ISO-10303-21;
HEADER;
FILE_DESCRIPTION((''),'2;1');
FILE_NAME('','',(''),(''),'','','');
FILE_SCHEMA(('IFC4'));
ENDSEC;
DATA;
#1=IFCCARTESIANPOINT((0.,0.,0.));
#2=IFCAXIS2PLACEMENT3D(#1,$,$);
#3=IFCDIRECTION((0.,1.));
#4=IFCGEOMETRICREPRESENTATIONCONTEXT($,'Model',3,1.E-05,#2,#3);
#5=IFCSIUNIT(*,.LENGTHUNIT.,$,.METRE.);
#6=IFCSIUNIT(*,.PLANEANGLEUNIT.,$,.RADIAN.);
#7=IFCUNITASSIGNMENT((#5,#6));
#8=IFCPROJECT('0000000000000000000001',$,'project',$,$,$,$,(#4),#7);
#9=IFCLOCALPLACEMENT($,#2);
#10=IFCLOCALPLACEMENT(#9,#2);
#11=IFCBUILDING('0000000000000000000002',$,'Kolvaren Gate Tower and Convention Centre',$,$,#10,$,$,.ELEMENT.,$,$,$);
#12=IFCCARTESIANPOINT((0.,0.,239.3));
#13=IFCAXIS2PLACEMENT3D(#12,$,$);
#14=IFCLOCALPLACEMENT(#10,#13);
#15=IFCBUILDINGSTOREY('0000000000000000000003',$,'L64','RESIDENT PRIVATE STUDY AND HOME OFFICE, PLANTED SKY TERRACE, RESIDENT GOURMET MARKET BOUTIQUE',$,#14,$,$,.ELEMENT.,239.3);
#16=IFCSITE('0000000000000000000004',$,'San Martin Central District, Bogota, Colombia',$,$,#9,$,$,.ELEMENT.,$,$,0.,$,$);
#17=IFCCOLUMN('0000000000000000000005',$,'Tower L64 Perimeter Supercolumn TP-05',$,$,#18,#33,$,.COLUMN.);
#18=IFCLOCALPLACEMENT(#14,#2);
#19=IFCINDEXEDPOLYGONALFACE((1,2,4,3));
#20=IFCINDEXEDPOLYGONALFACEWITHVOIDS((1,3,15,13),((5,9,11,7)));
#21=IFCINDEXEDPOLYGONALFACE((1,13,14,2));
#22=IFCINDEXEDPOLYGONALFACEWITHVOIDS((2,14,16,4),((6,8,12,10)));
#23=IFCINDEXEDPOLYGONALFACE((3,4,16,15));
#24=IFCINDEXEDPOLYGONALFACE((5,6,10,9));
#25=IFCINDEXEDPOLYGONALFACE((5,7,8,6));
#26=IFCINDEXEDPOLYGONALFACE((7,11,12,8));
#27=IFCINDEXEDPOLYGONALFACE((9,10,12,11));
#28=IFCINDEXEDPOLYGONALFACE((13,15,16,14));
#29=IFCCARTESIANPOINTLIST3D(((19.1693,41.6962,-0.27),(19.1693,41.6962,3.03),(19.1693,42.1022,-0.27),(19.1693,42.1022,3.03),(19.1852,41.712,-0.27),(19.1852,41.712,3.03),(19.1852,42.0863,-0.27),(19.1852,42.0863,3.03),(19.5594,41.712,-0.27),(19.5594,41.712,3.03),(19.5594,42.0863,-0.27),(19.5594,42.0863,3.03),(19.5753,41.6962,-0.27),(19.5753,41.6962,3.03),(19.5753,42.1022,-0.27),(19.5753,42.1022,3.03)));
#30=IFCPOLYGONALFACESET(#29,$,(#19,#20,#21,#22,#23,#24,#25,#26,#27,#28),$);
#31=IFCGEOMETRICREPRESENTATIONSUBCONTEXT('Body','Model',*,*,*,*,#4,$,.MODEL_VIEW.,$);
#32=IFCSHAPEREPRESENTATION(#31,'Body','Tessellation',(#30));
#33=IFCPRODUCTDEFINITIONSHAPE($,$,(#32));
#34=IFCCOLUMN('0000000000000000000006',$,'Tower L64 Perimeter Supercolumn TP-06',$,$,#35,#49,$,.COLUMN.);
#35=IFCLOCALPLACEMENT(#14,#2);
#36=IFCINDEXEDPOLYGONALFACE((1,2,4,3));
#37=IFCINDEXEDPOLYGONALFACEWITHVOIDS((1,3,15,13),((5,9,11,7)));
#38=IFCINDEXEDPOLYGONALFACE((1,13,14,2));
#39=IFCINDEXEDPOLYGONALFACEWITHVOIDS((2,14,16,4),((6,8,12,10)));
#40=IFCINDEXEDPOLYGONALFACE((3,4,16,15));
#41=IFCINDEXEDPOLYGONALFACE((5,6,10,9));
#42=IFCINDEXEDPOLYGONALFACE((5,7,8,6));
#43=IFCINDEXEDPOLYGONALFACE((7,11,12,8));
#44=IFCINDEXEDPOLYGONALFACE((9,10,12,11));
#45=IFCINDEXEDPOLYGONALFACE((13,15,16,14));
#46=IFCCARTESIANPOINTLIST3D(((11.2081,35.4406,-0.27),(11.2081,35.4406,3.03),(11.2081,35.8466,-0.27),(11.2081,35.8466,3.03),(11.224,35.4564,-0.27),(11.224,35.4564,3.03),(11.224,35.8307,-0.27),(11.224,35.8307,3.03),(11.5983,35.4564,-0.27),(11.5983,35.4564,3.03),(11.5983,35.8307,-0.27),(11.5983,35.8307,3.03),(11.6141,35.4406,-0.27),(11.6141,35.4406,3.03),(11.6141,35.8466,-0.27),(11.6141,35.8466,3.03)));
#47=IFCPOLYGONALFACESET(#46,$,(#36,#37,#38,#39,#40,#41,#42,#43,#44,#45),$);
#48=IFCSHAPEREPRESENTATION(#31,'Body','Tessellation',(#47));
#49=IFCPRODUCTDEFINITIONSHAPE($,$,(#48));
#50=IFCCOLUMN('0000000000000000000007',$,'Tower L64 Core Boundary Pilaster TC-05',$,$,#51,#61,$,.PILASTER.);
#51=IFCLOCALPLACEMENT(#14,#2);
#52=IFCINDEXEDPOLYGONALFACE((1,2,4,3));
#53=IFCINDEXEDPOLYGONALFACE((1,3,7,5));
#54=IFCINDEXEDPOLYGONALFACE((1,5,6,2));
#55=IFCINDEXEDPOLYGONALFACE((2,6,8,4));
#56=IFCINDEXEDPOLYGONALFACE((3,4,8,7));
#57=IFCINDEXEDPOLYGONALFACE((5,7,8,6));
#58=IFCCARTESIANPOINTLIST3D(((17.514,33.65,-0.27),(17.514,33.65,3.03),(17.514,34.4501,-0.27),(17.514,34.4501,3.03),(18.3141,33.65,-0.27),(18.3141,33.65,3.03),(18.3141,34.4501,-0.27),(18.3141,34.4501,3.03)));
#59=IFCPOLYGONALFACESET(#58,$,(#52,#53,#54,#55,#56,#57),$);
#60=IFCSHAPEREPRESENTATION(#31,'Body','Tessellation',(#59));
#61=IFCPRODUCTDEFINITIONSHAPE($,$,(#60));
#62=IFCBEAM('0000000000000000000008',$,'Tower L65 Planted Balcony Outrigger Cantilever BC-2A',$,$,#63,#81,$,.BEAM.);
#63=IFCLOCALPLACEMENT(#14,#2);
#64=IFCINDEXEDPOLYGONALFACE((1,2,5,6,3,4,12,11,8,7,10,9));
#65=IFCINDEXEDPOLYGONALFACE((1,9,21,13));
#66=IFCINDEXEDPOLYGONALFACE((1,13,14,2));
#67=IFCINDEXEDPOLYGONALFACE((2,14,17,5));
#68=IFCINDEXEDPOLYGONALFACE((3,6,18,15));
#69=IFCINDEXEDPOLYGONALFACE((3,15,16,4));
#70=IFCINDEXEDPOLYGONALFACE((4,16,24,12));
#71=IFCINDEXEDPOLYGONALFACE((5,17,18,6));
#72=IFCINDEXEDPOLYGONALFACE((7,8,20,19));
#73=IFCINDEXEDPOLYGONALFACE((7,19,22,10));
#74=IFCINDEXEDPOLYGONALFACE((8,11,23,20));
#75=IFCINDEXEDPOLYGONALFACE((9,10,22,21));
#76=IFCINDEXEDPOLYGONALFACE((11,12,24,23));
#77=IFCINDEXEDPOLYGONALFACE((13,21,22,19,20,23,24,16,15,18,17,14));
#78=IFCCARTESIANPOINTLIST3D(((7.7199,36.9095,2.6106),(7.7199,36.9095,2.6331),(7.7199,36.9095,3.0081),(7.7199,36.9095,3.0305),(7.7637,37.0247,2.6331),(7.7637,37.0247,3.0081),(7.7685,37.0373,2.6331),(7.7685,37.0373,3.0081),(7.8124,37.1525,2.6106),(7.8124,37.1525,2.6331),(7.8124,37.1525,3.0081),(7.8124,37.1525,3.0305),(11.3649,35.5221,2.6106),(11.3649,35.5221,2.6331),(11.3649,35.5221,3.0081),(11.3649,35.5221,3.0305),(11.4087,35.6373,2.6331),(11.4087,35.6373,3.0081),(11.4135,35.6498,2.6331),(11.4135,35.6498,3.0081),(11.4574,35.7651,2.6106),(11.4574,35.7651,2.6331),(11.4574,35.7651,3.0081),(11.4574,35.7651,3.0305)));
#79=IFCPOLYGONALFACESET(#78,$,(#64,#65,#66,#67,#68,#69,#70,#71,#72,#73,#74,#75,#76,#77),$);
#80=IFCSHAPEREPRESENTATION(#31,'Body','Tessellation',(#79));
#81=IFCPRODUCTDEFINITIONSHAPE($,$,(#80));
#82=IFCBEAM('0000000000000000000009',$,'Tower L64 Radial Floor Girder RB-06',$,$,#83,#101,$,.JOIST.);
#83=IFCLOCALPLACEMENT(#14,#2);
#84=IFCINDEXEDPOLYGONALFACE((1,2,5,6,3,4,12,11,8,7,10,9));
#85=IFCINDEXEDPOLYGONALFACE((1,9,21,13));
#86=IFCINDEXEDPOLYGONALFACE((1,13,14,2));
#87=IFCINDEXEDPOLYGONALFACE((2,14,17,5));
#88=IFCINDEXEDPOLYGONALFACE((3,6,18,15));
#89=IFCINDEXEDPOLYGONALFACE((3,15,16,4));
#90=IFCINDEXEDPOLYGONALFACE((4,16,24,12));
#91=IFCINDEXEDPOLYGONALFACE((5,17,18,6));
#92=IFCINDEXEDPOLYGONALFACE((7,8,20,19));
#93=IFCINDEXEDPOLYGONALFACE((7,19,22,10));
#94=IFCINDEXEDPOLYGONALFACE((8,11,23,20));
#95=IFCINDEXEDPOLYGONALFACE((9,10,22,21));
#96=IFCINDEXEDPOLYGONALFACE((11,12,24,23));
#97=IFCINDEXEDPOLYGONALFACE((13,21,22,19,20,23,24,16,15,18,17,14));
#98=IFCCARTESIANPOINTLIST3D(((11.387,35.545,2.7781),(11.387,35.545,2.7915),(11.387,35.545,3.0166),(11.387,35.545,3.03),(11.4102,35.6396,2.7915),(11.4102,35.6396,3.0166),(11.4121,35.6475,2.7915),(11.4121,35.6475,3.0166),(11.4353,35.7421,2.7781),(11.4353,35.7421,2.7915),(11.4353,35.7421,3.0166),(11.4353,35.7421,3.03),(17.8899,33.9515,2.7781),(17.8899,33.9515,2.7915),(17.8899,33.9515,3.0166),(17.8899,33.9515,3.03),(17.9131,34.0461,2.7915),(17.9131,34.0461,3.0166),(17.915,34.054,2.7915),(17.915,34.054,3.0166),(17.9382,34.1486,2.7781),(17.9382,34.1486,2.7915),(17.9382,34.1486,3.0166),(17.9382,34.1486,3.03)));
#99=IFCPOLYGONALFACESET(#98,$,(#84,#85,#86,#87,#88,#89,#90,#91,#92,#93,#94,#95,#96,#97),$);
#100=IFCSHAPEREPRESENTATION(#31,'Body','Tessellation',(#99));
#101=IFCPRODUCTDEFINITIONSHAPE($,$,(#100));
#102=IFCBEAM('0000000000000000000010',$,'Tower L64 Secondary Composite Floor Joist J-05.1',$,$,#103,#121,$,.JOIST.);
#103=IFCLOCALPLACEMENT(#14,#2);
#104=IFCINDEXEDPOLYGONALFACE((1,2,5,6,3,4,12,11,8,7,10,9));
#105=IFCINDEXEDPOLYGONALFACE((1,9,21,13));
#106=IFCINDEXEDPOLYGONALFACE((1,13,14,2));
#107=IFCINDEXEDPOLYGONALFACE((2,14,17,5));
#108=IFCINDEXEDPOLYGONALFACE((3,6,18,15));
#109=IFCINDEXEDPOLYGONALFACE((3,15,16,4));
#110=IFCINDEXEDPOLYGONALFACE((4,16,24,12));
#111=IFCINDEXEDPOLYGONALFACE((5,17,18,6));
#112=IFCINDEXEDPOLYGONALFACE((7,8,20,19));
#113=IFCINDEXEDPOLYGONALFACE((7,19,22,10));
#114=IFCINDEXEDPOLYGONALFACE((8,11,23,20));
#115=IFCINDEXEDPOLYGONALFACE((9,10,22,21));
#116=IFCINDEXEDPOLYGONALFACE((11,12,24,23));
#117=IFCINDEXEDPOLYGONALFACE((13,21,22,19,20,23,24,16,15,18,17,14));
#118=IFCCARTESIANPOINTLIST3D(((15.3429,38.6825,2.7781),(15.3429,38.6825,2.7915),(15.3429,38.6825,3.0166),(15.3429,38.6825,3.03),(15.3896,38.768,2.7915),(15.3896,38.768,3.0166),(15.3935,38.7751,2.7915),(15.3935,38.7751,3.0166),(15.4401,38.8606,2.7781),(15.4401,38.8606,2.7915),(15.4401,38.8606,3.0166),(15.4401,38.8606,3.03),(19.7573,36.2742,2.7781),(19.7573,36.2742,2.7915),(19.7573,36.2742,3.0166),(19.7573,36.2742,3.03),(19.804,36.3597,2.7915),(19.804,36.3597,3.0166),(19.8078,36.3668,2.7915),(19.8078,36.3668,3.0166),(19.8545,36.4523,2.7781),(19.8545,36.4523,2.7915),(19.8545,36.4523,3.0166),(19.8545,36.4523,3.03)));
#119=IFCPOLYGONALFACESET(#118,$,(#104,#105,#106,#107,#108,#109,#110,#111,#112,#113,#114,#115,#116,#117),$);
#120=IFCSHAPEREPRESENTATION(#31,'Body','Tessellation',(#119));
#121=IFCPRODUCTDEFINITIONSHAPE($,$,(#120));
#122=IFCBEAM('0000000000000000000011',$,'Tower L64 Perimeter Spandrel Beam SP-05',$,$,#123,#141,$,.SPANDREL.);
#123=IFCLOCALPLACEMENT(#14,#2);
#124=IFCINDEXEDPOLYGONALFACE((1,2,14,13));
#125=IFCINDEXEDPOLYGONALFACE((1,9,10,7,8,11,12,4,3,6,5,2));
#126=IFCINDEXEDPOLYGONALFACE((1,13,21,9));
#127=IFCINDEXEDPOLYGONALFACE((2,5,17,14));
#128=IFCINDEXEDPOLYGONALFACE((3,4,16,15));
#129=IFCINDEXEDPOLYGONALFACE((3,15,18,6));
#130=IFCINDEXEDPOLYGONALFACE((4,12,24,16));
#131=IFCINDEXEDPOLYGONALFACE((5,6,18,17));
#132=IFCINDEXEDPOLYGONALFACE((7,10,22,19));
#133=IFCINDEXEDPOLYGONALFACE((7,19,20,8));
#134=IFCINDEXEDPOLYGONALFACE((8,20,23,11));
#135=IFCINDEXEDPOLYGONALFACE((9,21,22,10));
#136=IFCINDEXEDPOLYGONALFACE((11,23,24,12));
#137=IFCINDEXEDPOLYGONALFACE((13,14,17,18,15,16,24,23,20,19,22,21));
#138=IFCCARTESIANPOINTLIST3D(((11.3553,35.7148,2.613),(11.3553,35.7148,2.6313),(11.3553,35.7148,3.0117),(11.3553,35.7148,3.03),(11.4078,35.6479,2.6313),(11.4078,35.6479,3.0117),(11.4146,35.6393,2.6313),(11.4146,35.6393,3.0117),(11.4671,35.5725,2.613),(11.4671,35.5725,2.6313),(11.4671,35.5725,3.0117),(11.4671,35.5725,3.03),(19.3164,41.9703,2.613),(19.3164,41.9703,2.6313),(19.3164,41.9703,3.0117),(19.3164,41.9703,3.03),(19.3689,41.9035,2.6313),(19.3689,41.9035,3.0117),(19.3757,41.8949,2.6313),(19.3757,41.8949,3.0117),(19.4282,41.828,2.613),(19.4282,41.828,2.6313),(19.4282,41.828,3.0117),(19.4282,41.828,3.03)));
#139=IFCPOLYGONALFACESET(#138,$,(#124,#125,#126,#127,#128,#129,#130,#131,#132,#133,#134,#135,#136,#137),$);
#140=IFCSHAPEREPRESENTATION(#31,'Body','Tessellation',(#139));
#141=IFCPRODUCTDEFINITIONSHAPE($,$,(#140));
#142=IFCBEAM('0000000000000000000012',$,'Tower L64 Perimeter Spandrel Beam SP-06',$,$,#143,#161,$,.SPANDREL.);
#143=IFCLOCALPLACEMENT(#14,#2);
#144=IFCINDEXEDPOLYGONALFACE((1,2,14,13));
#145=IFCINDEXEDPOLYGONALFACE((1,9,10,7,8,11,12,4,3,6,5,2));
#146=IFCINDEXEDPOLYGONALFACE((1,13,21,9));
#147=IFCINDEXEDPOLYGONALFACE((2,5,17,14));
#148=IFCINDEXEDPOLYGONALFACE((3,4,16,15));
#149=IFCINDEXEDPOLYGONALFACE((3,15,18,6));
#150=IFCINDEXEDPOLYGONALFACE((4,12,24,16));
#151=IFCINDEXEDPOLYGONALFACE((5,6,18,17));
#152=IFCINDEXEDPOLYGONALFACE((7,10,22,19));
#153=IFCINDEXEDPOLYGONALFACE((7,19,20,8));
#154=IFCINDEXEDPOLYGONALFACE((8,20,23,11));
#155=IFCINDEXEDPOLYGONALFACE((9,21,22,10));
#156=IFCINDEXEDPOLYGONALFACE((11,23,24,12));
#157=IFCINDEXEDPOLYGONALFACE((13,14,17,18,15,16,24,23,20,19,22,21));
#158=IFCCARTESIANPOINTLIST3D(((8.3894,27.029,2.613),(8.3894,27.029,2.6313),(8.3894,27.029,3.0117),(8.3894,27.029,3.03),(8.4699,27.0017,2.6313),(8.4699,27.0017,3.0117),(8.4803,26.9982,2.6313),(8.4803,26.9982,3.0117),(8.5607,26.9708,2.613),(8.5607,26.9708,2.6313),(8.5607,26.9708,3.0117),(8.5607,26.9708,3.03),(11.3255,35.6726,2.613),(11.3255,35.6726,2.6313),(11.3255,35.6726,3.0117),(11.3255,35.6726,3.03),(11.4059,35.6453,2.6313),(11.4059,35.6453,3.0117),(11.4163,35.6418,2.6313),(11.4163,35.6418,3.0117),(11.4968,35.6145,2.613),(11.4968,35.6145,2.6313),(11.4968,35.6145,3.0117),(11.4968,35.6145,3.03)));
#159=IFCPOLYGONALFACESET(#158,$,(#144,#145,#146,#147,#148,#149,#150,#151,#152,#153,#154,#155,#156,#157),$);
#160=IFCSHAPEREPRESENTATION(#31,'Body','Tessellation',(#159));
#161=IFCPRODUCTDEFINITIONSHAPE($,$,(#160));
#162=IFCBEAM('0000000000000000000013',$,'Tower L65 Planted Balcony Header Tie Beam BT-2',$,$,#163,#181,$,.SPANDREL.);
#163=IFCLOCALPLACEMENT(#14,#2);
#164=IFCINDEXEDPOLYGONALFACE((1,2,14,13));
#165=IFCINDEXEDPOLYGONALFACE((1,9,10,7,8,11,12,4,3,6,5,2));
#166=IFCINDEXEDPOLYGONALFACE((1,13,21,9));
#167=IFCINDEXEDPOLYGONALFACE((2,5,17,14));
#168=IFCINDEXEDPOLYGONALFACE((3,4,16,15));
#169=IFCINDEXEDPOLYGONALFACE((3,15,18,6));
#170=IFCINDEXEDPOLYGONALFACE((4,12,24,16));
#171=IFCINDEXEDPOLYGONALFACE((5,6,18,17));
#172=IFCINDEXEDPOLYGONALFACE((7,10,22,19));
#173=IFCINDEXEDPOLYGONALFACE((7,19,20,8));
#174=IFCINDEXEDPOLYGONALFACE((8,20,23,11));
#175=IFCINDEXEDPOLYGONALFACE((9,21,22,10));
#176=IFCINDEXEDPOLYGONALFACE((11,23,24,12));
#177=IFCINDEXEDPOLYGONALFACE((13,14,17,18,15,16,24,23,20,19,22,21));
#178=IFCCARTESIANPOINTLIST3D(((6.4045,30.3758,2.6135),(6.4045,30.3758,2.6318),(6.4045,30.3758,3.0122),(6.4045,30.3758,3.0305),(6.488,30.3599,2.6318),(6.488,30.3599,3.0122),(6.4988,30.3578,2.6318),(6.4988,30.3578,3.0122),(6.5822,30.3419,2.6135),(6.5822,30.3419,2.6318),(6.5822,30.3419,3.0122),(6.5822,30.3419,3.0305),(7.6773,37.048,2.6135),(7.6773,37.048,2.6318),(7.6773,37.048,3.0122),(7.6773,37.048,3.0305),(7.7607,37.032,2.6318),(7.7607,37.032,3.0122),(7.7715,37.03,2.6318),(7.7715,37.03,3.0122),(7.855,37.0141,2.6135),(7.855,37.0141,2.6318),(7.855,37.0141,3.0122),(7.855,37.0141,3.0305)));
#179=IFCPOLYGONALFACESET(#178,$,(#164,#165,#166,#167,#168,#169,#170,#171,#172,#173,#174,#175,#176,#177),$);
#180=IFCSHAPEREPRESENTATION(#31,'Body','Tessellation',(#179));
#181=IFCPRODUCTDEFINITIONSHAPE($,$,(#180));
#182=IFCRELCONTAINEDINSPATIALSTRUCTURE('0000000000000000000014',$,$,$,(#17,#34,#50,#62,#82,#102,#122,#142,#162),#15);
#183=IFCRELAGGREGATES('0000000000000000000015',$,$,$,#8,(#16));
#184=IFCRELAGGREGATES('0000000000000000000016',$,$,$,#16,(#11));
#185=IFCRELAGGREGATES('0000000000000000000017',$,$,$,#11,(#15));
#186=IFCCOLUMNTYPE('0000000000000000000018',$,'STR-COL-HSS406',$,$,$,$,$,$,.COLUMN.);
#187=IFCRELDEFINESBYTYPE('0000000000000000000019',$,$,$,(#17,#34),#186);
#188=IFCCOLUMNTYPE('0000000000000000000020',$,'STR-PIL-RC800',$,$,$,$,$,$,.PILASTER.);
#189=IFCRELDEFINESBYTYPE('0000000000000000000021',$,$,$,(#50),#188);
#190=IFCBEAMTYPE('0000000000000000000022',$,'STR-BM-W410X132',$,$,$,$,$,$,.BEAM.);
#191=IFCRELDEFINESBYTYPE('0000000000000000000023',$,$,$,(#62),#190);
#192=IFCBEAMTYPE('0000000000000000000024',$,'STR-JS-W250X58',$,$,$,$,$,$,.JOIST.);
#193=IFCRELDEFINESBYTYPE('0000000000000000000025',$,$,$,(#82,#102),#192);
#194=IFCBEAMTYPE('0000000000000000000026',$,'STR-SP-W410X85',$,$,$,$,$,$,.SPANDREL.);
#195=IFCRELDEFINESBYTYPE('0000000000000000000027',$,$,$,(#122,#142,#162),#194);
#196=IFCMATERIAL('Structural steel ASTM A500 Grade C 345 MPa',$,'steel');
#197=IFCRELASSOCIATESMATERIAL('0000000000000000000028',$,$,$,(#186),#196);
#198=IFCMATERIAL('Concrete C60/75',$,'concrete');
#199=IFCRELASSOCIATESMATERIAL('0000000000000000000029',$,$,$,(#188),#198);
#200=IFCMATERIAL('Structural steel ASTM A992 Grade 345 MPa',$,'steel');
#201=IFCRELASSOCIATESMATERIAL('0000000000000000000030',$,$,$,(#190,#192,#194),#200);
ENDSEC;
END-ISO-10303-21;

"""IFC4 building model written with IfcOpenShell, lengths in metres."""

from ifc_helpers import new_model, si_unit, direction, frame, origin, origin_2d, place, context, subcontext, project, spatial, rectangle, hollow_rectangle, i_section, extrude, material, material_profile, profile_set, type_object, element, save


model = new_model("IFC4")

# Units and contexts
model_context = context("Model", 3, precision=1e-05, world=origin(), true_north=direction((0.0, 1.0)))
body_context = subcontext(model_context, "Body", "Model", "MODEL_VIEW")
ifc_project = project(units=[si_unit("LENGTHUNIT", "METRE"), si_unit("PLANEANGLEUNIT", "RADIAN")], contexts=[model_context])

# Site, building, storey
site_placement = place(None, origin())
site = spatial("IfcSite", under=ifc_project, at=site_placement, Name="San Martin Central District, Bogota, Colombia", CompositionType="ELEMENT", RefElevation=0.0)
building_placement = place(site_placement, origin())
building = spatial("IfcBuilding", under=site, at=building_placement, Name="Kolvaren Gate Tower and Convention Centre", CompositionType="ELEMENT")
storey_placement = place(building_placement, frame((0.0, 0.0, 239.3)))
storey = spatial("IfcBuildingStorey", under=building, at=storey_placement, Name="L64", Description="RESIDENT PRIVATE STUDY AND HOME OFFICE, PLANTED SKY TERRACE, RESIDENT GOURMET MARKET BOUTIQUE", CompositionType="ELEMENT", Elevation=239.3)

# Columns
ifc_material_1 = material(Name="Structural steel ASTM A500 Grade C 345 MPa", Category="steel")
ifc_material_profile_1 = material_profile(ifc_material_1, hollow_rectangle(XDim=0.406, YDim=0.406, WallThickness=0.0159, at=origin_2d()), Name="HSS406X406X15.9")
ifc_profile_set_1 = profile_set([ifc_material_profile_1], Name="Structural steel ASTM A500 Grade C 345 MPa")
column_type_1 = type_object("IfcColumnType", Name="STR-COL-HSS406", PredefinedType="COLUMN", material=ifc_profile_set_1)
for number, where, z_axis, x_axis, name in (
    (1, (19.3723, 41.8992, -0.27), (0.0, 0.0, 1.0), (1.0, 0.0, 0.0), "Tower L64 Perimeter Supercolumn TP-05"),
    (2, (11.4111, 35.6436, -0.27), (0.0, 0.0, 1.0), (1.0, 0.0, 0.0), "Tower L64 Perimeter Supercolumn TP-06"),
):
    element("IfcColumn", number, at=place(storey_placement, frame(where, z_axis=z_axis, x_axis=x_axis)), inside=storey, type_object=column_type_1, Name=name, PredefinedType="COLUMN", context=body_context, shape_type="SweptSolid", body=[
        extrude(hollow_rectangle(XDim=0.406, YDim=0.406, WallThickness=0.0159, at=origin_2d()), origin(), (0.0, 0.0, 1.0), 3.3),
    ])
ifc_material_2 = material(Name="Concrete C60/75", Category="concrete")
ifc_material_profile_2 = material_profile(ifc_material_2, rectangle(XDim=0.8, YDim=0.8, at=origin_2d()), Name="RC-COL-800X800")
ifc_profile_set_2 = profile_set([ifc_material_profile_2], Name="Concrete C60/75")
column_type_2 = type_object("IfcColumnType", Name="STR-PIL-RC800", PredefinedType="PILASTER", material=ifc_profile_set_2)
column_placement = place(storey_placement, frame((17.9141, 34.05, -0.27), z_axis=(0.0, 0.0, 1.0), x_axis=(1.0, 0.0, 0.0)))
element("IfcColumn", 3, at=column_placement, inside=storey, type_object=column_type_2, Name="Tower L64 Core Boundary Pilaster TC-05", PredefinedType="PILASTER", context=body_context, shape_type="SweptSolid", body=[
    extrude(rectangle(XDim=0.8, YDim=0.8, at=origin_2d()), origin(), (0.0, 0.0, 1.0), 3.3),
])

# Beams
ifc_material_3 = material(Name="Structural steel ASTM A992 Grade 345 MPa", Category="steel")
ifc_material_profile_3 = material_profile(ifc_material_3, i_section(OverallWidth=0.26, OverallDepth=0.4199, WebThickness=0.0134, FlangeThickness=0.0225, at=origin_2d()), Name="W410X132")
ifc_profile_set_3 = profile_set([ifc_material_profile_3], Name="Structural steel ASTM A992 Grade 345 MPa")
beam_type_1 = type_object("IfcBeamType", Name="STR-BM-W410X132", PredefinedType="BEAM", material=ifc_profile_set_3)
beam_1_placement = place(storey_placement, frame((11.4111, 35.6436, 2.8206), z_axis=(-0.934584, 0.355743, 0.0), x_axis=(-0.355743, -0.934584, 0.0)))
element("IfcBeam", 4, at=beam_1_placement, inside=storey, type_object=beam_type_1, Name="Tower L65 Planted Balcony Outrigger Cantilever BC-2A", PredefinedType="BEAM", context=body_context, shape_type="SweptSolid", body=[
    extrude(i_section(OverallWidth=0.26, OverallDepth=0.4199, WebThickness=0.0134, FlangeThickness=0.0225, at=origin_2d()), origin(), (0.0, 0.0, 1.0), 3.9001),
])
ifc_material_profile_4 = material_profile(ifc_material_3, i_section(OverallWidth=0.2029, OverallDepth=0.252, WebThickness=0.0081, FlangeThickness=0.0134, at=origin_2d()), Name="W250X58")
ifc_profile_set_4 = profile_set([ifc_material_profile_4], Name="Structural steel ASTM A992 Grade 345 MPa")
beam_type_2 = type_object("IfcBeamType", Name="STR-JS-W250X58", PredefinedType="JOIST", material=ifc_profile_set_4)
beam_2_placement = place(storey_placement, frame((17.9141, 34.05, 2.9041), z_axis=(-0.971264, 0.238003, 0.0), x_axis=(-0.238003, -0.971264, 0.0)))
element("IfcBeam", 5, at=beam_2_placement, inside=storey, type_object=beam_type_2, Name="Tower L64 Radial Floor Girder RB-06", PredefinedType="JOIST", context=body_context, shape_type="SweptSolid", body=[
    extrude(i_section(OverallWidth=0.2029, OverallDepth=0.252, WebThickness=0.0081, FlangeThickness=0.0134, at=origin_2d()), origin(), (0.0, 0.0, 1.0), 6.6953),
])
beam_3_placement = place(storey_placement, frame((19.8059, 36.3633, 2.9041), z_axis=(-0.877862, 0.478913, 0.0), x_axis=(-0.478913, -0.877862, 0.0)))
element("IfcBeam", 6, at=beam_3_placement, inside=storey, type_object=beam_type_2, Name="Tower L64 Secondary Composite Floor Joist J-05.1", PredefinedType="JOIST", context=body_context, shape_type="SweptSolid", body=[
    extrude(i_section(OverallWidth=0.2029, OverallDepth=0.252, WebThickness=0.0081, FlangeThickness=0.0134, at=origin_2d()), origin(), (0.0, 0.0, 1.0), 5.0286),
])
ifc_material_profile_5 = material_profile(ifc_material_3, i_section(OverallWidth=0.1809, OverallDepth=0.417, WebThickness=0.011, FlangeThickness=0.0183, at=origin_2d()), Name="W410X85")
ifc_profile_set_5 = profile_set([ifc_material_profile_5], Name="Structural steel ASTM A992 Grade 345 MPa")
beam_type_3 = type_object("IfcBeamType", Name="STR-SP-W410X85", PredefinedType="SPANDREL", material=ifc_profile_set_5)
beam_4_placement = place(storey_placement, frame((19.3723, 41.8992, 2.8215), z_axis=(-0.786299, -0.617846, 0.0), x_axis=(0.617846, -0.786299, 0.0)))
element("IfcBeam", 7, at=beam_4_placement, inside=storey, type_object=beam_type_3, Name="Tower L64 Perimeter Spandrel Beam SP-05", PredefinedType="SPANDREL", context=body_context, shape_type="SweptSolid", body=[
    extrude(i_section(OverallWidth=0.1809, OverallDepth=0.417, WebThickness=0.011, FlangeThickness=0.0183, at=origin_2d()), origin(), (0.0, 0.0, 1.0), 10.1248),
])
beam_5_placement = place(storey_placement, frame((11.4111, 35.6436, 2.8215), z_axis=(-0.32163, -0.946865, 0.0), x_axis=(0.946865, -0.32163, 0.0)))
element("IfcBeam", 8, at=beam_5_placement, inside=storey, type_object=beam_type_3, Name="Tower L64 Perimeter Spandrel Beam SP-06", PredefinedType="SPANDREL", context=body_context, shape_type="SweptSolid", body=[
    extrude(i_section(OverallWidth=0.1809, OverallDepth=0.417, WebThickness=0.011, FlangeThickness=0.0183, at=origin_2d()), origin(), (0.0, 0.0, 1.0), 9.1287),
])
beam_6_placement = place(storey_placement, frame((7.7661, 37.031, 2.822), z_axis=(-0.187371, -0.982289, 0.0), x_axis=(0.982289, -0.187371, 0.0)))
element("IfcBeam", 9, at=beam_6_placement, inside=storey, type_object=beam_type_3, Name="Tower L65 Planted Balcony Header Tie Beam BT-2", PredefinedType="SPANDREL", context=body_context, shape_type="SweptSolid", body=[
    extrude(i_section(OverallWidth=0.1809, OverallDepth=0.417, WebThickness=0.011, FlangeThickness=0.0183, at=origin_2d()), origin(), (0.0, 0.0, 1.0), 6.7925),
])

save(model, "model.ifc")
